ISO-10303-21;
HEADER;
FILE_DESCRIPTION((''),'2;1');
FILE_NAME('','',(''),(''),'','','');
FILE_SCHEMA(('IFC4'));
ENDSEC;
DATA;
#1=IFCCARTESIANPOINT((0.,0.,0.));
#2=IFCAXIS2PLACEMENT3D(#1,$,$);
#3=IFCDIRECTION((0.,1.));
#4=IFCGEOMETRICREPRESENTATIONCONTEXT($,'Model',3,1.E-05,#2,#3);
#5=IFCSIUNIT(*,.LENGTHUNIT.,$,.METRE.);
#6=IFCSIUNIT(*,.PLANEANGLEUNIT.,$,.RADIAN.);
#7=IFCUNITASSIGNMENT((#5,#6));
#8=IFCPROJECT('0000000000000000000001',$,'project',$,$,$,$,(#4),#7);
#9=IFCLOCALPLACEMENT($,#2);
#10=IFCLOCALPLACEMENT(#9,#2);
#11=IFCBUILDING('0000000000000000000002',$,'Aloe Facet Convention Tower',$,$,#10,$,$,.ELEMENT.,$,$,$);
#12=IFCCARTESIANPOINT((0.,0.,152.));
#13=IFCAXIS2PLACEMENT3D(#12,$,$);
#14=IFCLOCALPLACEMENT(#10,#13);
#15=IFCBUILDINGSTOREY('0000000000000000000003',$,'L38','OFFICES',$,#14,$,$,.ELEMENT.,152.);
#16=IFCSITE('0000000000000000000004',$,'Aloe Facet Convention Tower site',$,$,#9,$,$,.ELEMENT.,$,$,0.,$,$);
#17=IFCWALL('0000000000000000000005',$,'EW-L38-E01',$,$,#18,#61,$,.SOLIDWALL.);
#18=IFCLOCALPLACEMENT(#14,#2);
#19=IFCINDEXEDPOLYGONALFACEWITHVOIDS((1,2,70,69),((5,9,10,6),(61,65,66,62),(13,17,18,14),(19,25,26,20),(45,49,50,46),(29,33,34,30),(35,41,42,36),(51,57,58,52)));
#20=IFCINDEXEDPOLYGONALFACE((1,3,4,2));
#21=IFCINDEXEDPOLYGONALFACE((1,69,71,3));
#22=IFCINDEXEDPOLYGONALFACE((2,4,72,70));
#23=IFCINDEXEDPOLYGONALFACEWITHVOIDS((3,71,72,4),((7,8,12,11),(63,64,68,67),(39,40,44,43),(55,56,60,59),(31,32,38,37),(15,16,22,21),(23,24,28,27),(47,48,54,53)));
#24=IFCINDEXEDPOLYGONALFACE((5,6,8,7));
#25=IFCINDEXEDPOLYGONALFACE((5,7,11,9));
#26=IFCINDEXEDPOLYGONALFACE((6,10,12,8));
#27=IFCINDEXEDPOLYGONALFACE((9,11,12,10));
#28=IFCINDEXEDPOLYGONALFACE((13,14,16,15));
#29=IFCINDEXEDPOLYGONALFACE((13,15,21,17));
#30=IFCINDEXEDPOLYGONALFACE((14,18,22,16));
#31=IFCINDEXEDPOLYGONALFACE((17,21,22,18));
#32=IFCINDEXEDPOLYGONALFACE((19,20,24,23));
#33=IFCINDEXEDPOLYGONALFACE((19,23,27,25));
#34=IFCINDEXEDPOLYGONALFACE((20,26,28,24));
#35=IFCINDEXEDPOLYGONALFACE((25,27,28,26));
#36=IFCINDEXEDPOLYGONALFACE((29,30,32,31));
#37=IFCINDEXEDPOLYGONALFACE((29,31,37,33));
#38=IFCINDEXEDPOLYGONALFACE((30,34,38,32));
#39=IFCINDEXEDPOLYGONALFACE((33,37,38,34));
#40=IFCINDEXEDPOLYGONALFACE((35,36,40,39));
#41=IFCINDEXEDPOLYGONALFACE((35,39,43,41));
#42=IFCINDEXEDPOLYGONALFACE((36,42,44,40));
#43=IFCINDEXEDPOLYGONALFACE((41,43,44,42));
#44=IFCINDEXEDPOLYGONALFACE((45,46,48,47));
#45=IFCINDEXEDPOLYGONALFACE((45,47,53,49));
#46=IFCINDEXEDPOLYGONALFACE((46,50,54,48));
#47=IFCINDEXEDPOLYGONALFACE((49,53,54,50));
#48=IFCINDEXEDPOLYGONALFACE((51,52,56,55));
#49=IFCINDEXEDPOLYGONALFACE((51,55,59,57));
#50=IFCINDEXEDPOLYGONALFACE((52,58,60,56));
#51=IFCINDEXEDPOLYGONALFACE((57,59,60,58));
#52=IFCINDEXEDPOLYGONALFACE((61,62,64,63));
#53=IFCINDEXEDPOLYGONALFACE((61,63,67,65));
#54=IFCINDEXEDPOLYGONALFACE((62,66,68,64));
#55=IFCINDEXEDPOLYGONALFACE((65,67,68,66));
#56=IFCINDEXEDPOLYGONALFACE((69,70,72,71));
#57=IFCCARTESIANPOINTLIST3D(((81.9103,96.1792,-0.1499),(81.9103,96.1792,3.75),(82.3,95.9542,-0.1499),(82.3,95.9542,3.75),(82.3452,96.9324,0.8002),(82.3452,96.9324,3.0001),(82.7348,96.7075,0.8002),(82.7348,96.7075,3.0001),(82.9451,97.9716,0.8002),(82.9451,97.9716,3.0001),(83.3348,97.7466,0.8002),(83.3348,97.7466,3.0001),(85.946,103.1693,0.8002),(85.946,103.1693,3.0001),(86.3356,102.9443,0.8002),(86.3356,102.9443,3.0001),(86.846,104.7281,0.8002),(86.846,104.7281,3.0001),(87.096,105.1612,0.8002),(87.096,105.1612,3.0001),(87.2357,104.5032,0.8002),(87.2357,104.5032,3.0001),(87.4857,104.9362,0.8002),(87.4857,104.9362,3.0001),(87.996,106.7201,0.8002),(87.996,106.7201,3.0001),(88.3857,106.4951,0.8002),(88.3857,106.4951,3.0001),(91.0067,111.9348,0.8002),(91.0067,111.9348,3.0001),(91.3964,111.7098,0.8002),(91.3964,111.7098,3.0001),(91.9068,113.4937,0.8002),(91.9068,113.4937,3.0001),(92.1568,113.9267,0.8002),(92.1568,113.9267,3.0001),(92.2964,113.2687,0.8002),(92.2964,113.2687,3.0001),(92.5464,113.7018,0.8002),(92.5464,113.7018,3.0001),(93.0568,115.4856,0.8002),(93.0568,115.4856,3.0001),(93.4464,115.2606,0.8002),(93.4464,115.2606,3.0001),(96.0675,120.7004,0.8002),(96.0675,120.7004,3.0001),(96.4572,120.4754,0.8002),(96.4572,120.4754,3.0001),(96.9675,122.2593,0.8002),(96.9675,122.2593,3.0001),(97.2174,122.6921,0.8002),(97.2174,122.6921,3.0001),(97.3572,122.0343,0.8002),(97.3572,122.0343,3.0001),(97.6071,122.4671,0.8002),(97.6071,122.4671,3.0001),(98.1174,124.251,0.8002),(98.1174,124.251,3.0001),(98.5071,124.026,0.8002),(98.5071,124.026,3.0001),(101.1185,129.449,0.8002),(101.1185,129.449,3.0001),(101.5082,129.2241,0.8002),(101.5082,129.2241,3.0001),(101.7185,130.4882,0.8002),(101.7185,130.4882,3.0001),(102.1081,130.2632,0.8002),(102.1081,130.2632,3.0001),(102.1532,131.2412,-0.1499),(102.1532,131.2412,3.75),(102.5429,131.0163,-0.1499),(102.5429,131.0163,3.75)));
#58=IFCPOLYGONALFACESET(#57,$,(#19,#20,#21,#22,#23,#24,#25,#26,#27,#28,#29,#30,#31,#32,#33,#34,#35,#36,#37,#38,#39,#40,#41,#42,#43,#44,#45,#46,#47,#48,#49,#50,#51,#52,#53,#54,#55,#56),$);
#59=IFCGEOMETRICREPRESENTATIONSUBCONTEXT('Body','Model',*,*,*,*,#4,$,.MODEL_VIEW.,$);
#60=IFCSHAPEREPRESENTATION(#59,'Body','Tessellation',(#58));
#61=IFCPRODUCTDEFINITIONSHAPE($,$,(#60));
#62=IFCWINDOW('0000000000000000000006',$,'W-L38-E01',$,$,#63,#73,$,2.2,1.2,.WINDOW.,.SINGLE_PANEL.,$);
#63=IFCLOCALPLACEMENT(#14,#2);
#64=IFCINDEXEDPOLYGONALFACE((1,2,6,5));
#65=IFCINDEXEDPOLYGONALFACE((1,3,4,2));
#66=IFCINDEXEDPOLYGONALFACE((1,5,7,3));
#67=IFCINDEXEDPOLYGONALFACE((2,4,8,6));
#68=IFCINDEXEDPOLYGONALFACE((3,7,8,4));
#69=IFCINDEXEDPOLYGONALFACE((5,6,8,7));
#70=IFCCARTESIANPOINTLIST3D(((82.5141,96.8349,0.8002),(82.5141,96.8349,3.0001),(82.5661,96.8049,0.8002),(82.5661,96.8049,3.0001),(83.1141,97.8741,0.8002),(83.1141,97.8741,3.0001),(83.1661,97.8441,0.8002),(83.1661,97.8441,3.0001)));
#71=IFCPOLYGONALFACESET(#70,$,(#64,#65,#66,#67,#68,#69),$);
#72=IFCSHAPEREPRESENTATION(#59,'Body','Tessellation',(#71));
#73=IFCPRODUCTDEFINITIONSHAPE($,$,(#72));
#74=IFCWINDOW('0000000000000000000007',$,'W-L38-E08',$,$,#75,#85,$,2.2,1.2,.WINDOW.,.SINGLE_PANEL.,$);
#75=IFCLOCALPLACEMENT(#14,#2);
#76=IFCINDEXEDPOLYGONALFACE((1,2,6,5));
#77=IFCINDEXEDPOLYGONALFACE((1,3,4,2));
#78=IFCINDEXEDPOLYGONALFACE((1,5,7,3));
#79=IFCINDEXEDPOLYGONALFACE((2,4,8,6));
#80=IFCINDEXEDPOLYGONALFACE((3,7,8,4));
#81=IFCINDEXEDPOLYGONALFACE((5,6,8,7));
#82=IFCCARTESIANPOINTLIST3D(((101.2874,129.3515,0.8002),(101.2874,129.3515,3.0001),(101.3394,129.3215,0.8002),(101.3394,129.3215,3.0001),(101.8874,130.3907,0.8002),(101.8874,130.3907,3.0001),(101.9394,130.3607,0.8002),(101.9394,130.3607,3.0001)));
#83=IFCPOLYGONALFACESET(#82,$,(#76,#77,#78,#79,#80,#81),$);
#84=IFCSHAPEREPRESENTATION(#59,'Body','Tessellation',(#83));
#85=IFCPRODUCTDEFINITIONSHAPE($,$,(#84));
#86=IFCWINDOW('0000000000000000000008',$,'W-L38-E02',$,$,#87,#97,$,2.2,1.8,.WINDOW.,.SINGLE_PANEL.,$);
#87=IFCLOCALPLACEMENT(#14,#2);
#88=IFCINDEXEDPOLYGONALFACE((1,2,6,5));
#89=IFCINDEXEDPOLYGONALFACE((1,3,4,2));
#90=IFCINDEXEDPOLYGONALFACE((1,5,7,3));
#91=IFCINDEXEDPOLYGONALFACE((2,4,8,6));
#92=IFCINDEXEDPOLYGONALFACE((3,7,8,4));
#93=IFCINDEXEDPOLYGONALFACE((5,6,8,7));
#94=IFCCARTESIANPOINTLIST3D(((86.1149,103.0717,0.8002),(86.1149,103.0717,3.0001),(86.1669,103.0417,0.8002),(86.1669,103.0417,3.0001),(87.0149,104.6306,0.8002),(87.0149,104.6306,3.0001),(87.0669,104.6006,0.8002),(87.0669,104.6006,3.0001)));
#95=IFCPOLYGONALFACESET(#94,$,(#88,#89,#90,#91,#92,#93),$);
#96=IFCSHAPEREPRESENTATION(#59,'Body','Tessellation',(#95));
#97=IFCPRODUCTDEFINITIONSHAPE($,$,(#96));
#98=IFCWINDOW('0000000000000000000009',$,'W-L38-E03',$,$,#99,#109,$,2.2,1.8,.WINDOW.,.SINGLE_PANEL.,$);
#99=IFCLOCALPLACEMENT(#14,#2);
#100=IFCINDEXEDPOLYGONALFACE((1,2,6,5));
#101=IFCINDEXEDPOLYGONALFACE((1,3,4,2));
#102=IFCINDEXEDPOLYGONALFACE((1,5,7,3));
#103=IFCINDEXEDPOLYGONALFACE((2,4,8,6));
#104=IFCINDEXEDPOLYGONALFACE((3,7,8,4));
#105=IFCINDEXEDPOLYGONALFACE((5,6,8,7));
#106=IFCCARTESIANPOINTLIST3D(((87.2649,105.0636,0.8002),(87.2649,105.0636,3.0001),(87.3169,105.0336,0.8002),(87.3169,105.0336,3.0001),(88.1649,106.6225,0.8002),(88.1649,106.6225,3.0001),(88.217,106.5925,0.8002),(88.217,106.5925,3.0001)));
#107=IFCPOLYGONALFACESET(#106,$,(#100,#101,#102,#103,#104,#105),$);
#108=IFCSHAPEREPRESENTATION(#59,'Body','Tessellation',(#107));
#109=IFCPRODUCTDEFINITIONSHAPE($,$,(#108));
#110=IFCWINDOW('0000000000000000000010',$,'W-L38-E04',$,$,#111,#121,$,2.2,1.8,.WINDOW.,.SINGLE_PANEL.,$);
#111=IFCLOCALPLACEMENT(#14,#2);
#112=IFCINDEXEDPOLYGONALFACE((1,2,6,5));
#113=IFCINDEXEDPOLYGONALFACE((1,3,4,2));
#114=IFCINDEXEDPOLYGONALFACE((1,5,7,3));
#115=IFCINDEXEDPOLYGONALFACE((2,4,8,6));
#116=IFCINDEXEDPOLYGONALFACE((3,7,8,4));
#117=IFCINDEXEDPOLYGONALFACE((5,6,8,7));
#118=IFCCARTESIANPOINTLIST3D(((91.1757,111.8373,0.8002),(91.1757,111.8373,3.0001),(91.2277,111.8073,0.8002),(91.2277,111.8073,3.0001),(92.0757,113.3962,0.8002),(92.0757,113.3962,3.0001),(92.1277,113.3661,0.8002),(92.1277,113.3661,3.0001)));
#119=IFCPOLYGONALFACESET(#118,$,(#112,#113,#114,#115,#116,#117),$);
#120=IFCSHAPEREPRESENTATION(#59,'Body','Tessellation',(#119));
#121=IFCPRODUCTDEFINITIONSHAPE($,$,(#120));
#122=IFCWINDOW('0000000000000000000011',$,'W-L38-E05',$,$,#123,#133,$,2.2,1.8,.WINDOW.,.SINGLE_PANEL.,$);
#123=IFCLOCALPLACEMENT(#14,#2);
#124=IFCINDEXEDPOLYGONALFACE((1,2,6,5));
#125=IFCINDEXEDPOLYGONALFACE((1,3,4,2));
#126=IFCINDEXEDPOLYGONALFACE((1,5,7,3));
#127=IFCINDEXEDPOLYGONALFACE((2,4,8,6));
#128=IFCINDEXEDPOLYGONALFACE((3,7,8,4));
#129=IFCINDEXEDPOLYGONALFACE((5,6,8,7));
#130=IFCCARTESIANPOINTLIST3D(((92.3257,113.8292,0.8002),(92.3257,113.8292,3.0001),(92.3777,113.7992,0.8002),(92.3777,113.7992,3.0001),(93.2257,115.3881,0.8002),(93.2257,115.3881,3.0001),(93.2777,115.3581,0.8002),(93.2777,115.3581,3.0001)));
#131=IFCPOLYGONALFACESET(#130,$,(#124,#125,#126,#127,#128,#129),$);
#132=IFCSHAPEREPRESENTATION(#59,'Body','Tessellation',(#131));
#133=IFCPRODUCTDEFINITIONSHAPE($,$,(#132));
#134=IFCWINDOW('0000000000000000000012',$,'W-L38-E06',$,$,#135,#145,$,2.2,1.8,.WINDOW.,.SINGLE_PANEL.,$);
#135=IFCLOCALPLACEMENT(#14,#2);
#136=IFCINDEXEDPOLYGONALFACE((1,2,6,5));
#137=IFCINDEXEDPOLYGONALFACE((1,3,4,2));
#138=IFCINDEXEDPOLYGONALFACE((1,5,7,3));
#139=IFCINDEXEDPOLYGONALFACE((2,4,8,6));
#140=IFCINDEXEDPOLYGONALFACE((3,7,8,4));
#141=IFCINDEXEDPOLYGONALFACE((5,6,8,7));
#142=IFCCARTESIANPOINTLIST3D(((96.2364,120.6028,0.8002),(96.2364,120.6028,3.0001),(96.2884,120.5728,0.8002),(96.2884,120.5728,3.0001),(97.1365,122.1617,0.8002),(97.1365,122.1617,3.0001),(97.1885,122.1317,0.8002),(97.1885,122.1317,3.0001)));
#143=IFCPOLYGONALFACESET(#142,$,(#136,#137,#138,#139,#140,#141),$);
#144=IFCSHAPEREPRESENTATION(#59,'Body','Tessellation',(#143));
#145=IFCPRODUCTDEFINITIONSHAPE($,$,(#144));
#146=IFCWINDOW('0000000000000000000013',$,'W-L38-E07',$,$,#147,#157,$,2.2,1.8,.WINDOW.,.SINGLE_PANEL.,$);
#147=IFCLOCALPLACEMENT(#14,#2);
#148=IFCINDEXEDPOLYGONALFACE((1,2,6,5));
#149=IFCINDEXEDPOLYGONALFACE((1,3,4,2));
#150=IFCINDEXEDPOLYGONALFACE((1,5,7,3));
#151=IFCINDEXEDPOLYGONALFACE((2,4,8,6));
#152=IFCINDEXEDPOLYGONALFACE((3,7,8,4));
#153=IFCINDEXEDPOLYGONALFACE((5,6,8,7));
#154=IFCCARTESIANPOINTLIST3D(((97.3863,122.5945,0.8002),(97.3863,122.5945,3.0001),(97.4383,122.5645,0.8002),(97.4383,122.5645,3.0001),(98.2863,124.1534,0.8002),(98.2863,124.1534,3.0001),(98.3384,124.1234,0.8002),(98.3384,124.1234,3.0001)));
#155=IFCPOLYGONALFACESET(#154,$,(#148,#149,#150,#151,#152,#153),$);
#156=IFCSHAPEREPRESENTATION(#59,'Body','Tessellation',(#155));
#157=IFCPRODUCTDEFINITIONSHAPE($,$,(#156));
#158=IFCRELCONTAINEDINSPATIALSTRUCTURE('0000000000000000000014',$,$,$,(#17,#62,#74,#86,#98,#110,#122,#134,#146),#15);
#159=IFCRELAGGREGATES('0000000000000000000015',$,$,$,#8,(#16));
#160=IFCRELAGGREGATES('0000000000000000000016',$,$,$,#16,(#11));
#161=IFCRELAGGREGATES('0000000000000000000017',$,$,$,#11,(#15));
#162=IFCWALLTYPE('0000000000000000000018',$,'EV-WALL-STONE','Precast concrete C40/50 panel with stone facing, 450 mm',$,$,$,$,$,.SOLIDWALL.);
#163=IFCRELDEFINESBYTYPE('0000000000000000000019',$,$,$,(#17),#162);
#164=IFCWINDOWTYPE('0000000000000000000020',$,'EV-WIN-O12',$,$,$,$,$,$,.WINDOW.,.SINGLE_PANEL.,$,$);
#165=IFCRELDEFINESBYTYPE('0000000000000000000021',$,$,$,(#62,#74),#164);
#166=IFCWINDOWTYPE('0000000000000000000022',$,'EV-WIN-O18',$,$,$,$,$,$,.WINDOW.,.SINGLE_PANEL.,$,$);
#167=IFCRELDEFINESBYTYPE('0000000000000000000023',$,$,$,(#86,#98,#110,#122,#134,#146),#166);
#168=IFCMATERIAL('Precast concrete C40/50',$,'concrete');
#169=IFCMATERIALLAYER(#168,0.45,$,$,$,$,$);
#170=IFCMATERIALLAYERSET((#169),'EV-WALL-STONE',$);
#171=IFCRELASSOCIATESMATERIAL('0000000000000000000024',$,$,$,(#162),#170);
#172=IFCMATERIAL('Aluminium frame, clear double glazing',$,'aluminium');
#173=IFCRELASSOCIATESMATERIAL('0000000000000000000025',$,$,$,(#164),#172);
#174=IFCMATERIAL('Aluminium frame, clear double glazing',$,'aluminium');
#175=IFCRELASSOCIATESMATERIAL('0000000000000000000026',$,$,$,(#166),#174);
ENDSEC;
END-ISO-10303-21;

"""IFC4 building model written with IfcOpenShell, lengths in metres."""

from ifc_helpers import new_model, si_unit, direction, frame, frame_2d, origin, place, context, subcontext, project, spatial, polyline, rectangle, outline, extrude, material, layer, layer_set, type_object, element, fill, save


model = new_model("IFC4")

# Units and contexts
model_context = context("Model", 3, precision=1e-05, world=origin(), true_north=direction((0.0, 1.0)))
body_context = subcontext(model_context, "Body", "Model", "MODEL_VIEW")
ifc_project = project(units=[si_unit("LENGTHUNIT", "METRE"), si_unit("PLANEANGLEUNIT", "RADIAN")], contexts=[model_context])

# Site, building, storey
site_placement = place(None, origin())
site = spatial("IfcSite", under=ifc_project, at=site_placement, Name="Aloe Facet Convention Tower site", CompositionType="ELEMENT", RefElevation=0.0)
building_placement = place(site_placement, origin())
building = spatial("IfcBuilding", under=site, at=building_placement, Name="Aloe Facet Convention Tower", CompositionType="ELEMENT")
storey_placement = place(building_placement, frame((0.0, 0.0, 152.0)))
storey = spatial("IfcBuildingStorey", under=building, at=storey_placement, Name="L38", Description="OFFICES", CompositionType="ELEMENT", Elevation=152.0)

# Wall, openings, windows
ifc_material_1 = material(Name="Precast concrete C40/50", Category="concrete")
ifc_layer_1 = layer(ifc_material_1, 0.45)
ifc_layer_set_1 = layer_set([ifc_layer_1], Name="EV-WALL-STONE")
wall_type_1 = type_object("IfcWallType", Name="EV-WALL-STONE", Description="Precast concrete C40/50 panel with stone facing, 450 mm", PredefinedType="SOLIDWALL", material=ifc_layer_set_1)
wall_1_placement = place(storey_placement, frame((82.1052, 96.0667, -0.1499), z_axis=(0.0, 0.0, 1.0), x_axis=(0.499997, 0.866027, 0.0)))
wall_1 = element("IfcWall", 1, at=wall_1_placement, inside=storey, type_object=wall_type_1, Name="EW-L38-E01", PredefinedType="SOLIDWALL", context=body_context, shape_type="SweptSolid", body=[
    extrude(outline(polyline([(40.4861, 0.0), (40.4861, 3.8999), (0.0, 3.8999), (0.0, 0.0), (40.4861, 0.0)])), frame((0.0, 0.2251, 0.0), z_axis=(0.0, -1.0, 0.0), x_axis=(1.0, 0.0, 0.0)), (0.0, 0.0, 1.0), 0.45),
])
opening_1_placement = place(wall_1_placement, frame((0.8696, 0.0, 0.95)))
opening_1 = element("IfcOpeningElement", 2, at=opening_1_placement, cuts=wall_1, PredefinedType="OPENING", context=body_context, shape_type="SweptSolid", body=[
    extrude(rectangle(XDim=1.2, YDim=2.2, at=frame_2d((0.6001, 1.1001))), frame((0.0, 0.2349, 0.0), z_axis=(0.0, -1.0, 0.0), x_axis=(1.0, 0.0, 0.0)), (0.0, 0.0, 1.0), 0.47),
])
opening_2_placement = place(wall_1_placement, frame((8.0715, 0.0, 0.95)))
opening_2 = element("IfcOpeningElement", 3, at=opening_2_placement, cuts=wall_1, PredefinedType="OPENING", context=body_context, shape_type="SweptSolid", body=[
    extrude(rectangle(XDim=1.8, YDim=2.2, at=frame_2d((0.8999, 1.1001))), frame((0.0, 0.2349, 0.0), z_axis=(0.0, -1.0, 0.0), x_axis=(1.0, 0.0, 0.0)), (0.0, 0.0, 1.0), 0.47),
])
opening_3_placement = place(wall_1_placement, frame((10.3716, 0.0, 0.95)))
opening_3 = element("IfcOpeningElement", 4, at=opening_3_placement, cuts=wall_1, PredefinedType="OPENING", context=body_context, shape_type="SweptSolid", body=[
    extrude(rectangle(XDim=1.8, YDim=2.2, at=frame_2d((0.8999, 1.1001))), frame((0.0, 0.2349, 0.0), z_axis=(0.0, -1.0, 0.0), x_axis=(1.0, 0.0, 0.0)), (0.0, 0.0, 1.0), 0.47),
])
opening_4_placement = place(wall_1_placement, frame((18.1931, 0.0, 0.95)))
opening_4 = element("IfcOpeningElement", 5, at=opening_4_placement, cuts=wall_1, PredefinedType="OPENING", context=body_context, shape_type="SweptSolid", body=[
    extrude(rectangle(XDim=1.8, YDim=2.2, at=frame_2d((0.8999, 1.1001))), frame((0.0, 0.2349, 0.0), z_axis=(0.0, -1.0, 0.0), x_axis=(1.0, 0.0, 0.0)), (0.0, 0.0, 1.0), 0.47),
])
opening_5_placement = place(wall_1_placement, frame((20.4932, 0.0, 0.95)))
opening_5 = element("IfcOpeningElement", 6, at=opening_5_placement, cuts=wall_1, PredefinedType="OPENING", context=body_context, shape_type="SweptSolid", body=[
    extrude(rectangle(XDim=1.8, YDim=2.2, at=frame_2d((0.8999, 1.1001))), frame((0.0, 0.2349, 0.0), z_axis=(0.0, -1.0, 0.0), x_axis=(1.0, 0.0, 0.0)), (0.0, 0.0, 1.0), 0.47),
])
opening_6_placement = place(wall_1_placement, frame((28.3147, 0.0, 0.95)))
opening_6 = element("IfcOpeningElement", 7, at=opening_6_placement, cuts=wall_1, PredefinedType="OPENING", context=body_context, shape_type="SweptSolid", body=[
    extrude(rectangle(XDim=1.8, YDim=2.2, at=frame_2d((0.8999, 1.1001))), frame((0.0, 0.2349, 0.0), z_axis=(0.0, -1.0, 0.0), x_axis=(1.0, 0.0, 0.0)), (0.0, 0.0, 1.0), 0.47),
])
opening_7_placement = place(wall_1_placement, frame((30.6145, 0.0, 0.95)))
opening_7 = element("IfcOpeningElement", 8, at=opening_7_placement, cuts=wall_1, PredefinedType="OPENING", context=body_context, shape_type="SweptSolid", body=[
    extrude(rectangle(XDim=1.8, YDim=2.2, at=frame_2d((0.8999, 1.1001))), frame((0.0, 0.2349, 0.0), z_axis=(0.0, -1.0, 0.0), x_axis=(1.0, 0.0, 0.0)), (0.0, 0.0, 1.0), 0.47),
])
opening_8_placement = place(wall_1_placement, frame((38.4165, 0.0, 0.95)))
opening_8 = element("IfcOpeningElement", 9, at=opening_8_placement, cuts=wall_1, PredefinedType="OPENING", context=body_context, shape_type="SweptSolid", body=[
    extrude(rectangle(XDim=1.2, YDim=2.2, at=frame_2d((0.6001, 1.1001))), frame((0.0, 0.2349, 0.0), z_axis=(0.0, -1.0, 0.0), x_axis=(1.0, 0.0, 0.0)), (0.0, 0.0, 1.0), 0.47),
])
ifc_material_2 = material(Name="Aluminium frame, clear double glazing", Category="aluminium")
window_type_1 = type_object("IfcWindowType", Name="EV-WIN-O12", PartitioningType="SINGLE_PANEL", PredefinedType="WINDOW", material=ifc_material_2)
window_1_placement = place(opening_1_placement, origin())
window_1 = element("IfcWindow", 10, at=window_1_placement, inside=storey, type_object=window_type_1, Name="W-L38-E01", OverallHeight=2.2, OverallWidth=1.2, PartitioningType="SINGLE_PANEL", PredefinedType="WINDOW", context=body_context, shape_type="SweptSolid", body=[
    extrude(rectangle(XDim=1.2, YDim=2.2, at=frame_2d((0.6001, 1.1001))), frame((0.0, 0.03, 0.0), z_axis=(0.0, -1.0, 0.0), x_axis=(1.0, 0.0, 0.0)), (0.0, 0.0, 1.0), 0.0601),
])
fill(opening_1, window_1)
window_2_placement = place(opening_8_placement, origin())
window_2 = element("IfcWindow", 11, at=window_2_placement, inside=storey, type_object=window_type_1, Name="W-L38-E08", OverallHeight=2.2, OverallWidth=1.2, PartitioningType="SINGLE_PANEL", PredefinedType="WINDOW", context=body_context, shape_type="SweptSolid", body=[
    extrude(rectangle(XDim=1.2, YDim=2.2, at=frame_2d((0.6001, 1.1001))), frame((0.0, 0.03, 0.0), z_axis=(0.0, -1.0, 0.0), x_axis=(1.0, 0.0, 0.0)), (0.0, 0.0, 1.0), 0.0601),
])
fill(opening_8, window_2)
ifc_material_3 = material(Name="Aluminium frame, clear double glazing", Category="aluminium")
window_type_2 = type_object("IfcWindowType", Name="EV-WIN-O18", PartitioningType="SINGLE_PANEL", PredefinedType="WINDOW", material=ifc_material_3)
window_3_placement = place(opening_2_placement, origin())
window_3 = element("IfcWindow", 12, at=window_3_placement, inside=storey, type_object=window_type_2, Name="W-L38-E02", OverallHeight=2.2, OverallWidth=1.8, PartitioningType="SINGLE_PANEL", PredefinedType="WINDOW", context=body_context, shape_type="SweptSolid", body=[
    extrude(rectangle(XDim=1.8, YDim=2.2, at=frame_2d((0.8999, 1.1001))), frame((0.0, 0.03, 0.0), z_axis=(0.0, -1.0, 0.0), x_axis=(1.0, 0.0, 0.0)), (0.0, 0.0, 1.0), 0.0601),
])
fill(opening_2, window_3)
window_4_placement = place(opening_3_placement, origin())
window_4 = element("IfcWindow", 13, at=window_4_placement, inside=storey, type_object=window_type_2, Name="W-L38-E03", OverallHeight=2.2, OverallWidth=1.8, PartitioningType="SINGLE_PANEL", PredefinedType="WINDOW", context=body_context, shape_type="SweptSolid", body=[
    extrude(rectangle(XDim=1.8, YDim=2.2, at=frame_2d((0.8999, 1.1001))), frame((0.0, 0.03, 0.0), z_axis=(0.0, -1.0, 0.0), x_axis=(1.0, 0.0, 0.0)), (0.0, 0.0, 1.0), 0.0601),
])
fill(opening_3, window_4)
window_5_placement = place(opening_4_placement, origin())
window_5 = element("IfcWindow", 14, at=window_5_placement, inside=storey, type_object=window_type_2, Name="W-L38-E04", OverallHeight=2.2, OverallWidth=1.8, PartitioningType="SINGLE_PANEL", PredefinedType="WINDOW", context=body_context, shape_type="SweptSolid", body=[
    extrude(rectangle(XDim=1.8, YDim=2.2, at=frame_2d((0.8999, 1.1001))), frame((0.0, 0.03, 0.0), z_axis=(0.0, -1.0, 0.0), x_axis=(1.0, 0.0, 0.0)), (0.0, 0.0, 1.0), 0.0601),
])
fill(opening_4, window_5)
window_6_placement = place(opening_5_placement, origin())
window_6 = element("IfcWindow", 15, at=window_6_placement, inside=storey, type_object=window_type_2, Name="W-L38-E05", OverallHeight=2.2, OverallWidth=1.8, PartitioningType="SINGLE_PANEL", PredefinedType="WINDOW", context=body_context, shape_type="SweptSolid", body=[
    extrude(rectangle(XDim=1.8, YDim=2.2, at=frame_2d((0.8999, 1.1001))), frame((0.0, 0.03, 0.0), z_axis=(0.0, -1.0, 0.0), x_axis=(1.0, 0.0, 0.0)), (0.0, 0.0, 1.0), 0.0601),
])
fill(opening_5, window_6)
window_7_placement = place(opening_6_placement, origin())
window_7 = element("IfcWindow", 16, at=window_7_placement, inside=storey, type_object=window_type_2, Name="W-L38-E06", OverallHeight=2.2, OverallWidth=1.8, PartitioningType="SINGLE_PANEL", PredefinedType="WINDOW", context=body_context, shape_type="SweptSolid", body=[
    extrude(rectangle(XDim=1.8, YDim=2.2, at=frame_2d((0.8999, 1.1001))), frame((0.0, 0.03, 0.0), z_axis=(0.0, -1.0, 0.0), x_axis=(1.0, 0.0, 0.0)), (0.0, 0.0, 1.0), 0.0601),
])
fill(opening_6, window_7)
window_8_placement = place(opening_7_placement, origin())
window_8 = element("IfcWindow", 17, at=window_8_placement, inside=storey, type_object=window_type_2, Name="W-L38-E07", OverallHeight=2.2, OverallWidth=1.8, PartitioningType="SINGLE_PANEL", PredefinedType="WINDOW", context=body_context, shape_type="SweptSolid", body=[
    extrude(rectangle(XDim=1.8, YDim=2.2, at=frame_2d((0.8999, 1.1001))), frame((0.0, 0.03, 0.0), z_axis=(0.0, -1.0, 0.0), x_axis=(1.0, 0.0, 0.0)), (0.0, 0.0, 1.0), 0.0601),
])
fill(opening_7, window_8)

save(model, "model.ifc")
